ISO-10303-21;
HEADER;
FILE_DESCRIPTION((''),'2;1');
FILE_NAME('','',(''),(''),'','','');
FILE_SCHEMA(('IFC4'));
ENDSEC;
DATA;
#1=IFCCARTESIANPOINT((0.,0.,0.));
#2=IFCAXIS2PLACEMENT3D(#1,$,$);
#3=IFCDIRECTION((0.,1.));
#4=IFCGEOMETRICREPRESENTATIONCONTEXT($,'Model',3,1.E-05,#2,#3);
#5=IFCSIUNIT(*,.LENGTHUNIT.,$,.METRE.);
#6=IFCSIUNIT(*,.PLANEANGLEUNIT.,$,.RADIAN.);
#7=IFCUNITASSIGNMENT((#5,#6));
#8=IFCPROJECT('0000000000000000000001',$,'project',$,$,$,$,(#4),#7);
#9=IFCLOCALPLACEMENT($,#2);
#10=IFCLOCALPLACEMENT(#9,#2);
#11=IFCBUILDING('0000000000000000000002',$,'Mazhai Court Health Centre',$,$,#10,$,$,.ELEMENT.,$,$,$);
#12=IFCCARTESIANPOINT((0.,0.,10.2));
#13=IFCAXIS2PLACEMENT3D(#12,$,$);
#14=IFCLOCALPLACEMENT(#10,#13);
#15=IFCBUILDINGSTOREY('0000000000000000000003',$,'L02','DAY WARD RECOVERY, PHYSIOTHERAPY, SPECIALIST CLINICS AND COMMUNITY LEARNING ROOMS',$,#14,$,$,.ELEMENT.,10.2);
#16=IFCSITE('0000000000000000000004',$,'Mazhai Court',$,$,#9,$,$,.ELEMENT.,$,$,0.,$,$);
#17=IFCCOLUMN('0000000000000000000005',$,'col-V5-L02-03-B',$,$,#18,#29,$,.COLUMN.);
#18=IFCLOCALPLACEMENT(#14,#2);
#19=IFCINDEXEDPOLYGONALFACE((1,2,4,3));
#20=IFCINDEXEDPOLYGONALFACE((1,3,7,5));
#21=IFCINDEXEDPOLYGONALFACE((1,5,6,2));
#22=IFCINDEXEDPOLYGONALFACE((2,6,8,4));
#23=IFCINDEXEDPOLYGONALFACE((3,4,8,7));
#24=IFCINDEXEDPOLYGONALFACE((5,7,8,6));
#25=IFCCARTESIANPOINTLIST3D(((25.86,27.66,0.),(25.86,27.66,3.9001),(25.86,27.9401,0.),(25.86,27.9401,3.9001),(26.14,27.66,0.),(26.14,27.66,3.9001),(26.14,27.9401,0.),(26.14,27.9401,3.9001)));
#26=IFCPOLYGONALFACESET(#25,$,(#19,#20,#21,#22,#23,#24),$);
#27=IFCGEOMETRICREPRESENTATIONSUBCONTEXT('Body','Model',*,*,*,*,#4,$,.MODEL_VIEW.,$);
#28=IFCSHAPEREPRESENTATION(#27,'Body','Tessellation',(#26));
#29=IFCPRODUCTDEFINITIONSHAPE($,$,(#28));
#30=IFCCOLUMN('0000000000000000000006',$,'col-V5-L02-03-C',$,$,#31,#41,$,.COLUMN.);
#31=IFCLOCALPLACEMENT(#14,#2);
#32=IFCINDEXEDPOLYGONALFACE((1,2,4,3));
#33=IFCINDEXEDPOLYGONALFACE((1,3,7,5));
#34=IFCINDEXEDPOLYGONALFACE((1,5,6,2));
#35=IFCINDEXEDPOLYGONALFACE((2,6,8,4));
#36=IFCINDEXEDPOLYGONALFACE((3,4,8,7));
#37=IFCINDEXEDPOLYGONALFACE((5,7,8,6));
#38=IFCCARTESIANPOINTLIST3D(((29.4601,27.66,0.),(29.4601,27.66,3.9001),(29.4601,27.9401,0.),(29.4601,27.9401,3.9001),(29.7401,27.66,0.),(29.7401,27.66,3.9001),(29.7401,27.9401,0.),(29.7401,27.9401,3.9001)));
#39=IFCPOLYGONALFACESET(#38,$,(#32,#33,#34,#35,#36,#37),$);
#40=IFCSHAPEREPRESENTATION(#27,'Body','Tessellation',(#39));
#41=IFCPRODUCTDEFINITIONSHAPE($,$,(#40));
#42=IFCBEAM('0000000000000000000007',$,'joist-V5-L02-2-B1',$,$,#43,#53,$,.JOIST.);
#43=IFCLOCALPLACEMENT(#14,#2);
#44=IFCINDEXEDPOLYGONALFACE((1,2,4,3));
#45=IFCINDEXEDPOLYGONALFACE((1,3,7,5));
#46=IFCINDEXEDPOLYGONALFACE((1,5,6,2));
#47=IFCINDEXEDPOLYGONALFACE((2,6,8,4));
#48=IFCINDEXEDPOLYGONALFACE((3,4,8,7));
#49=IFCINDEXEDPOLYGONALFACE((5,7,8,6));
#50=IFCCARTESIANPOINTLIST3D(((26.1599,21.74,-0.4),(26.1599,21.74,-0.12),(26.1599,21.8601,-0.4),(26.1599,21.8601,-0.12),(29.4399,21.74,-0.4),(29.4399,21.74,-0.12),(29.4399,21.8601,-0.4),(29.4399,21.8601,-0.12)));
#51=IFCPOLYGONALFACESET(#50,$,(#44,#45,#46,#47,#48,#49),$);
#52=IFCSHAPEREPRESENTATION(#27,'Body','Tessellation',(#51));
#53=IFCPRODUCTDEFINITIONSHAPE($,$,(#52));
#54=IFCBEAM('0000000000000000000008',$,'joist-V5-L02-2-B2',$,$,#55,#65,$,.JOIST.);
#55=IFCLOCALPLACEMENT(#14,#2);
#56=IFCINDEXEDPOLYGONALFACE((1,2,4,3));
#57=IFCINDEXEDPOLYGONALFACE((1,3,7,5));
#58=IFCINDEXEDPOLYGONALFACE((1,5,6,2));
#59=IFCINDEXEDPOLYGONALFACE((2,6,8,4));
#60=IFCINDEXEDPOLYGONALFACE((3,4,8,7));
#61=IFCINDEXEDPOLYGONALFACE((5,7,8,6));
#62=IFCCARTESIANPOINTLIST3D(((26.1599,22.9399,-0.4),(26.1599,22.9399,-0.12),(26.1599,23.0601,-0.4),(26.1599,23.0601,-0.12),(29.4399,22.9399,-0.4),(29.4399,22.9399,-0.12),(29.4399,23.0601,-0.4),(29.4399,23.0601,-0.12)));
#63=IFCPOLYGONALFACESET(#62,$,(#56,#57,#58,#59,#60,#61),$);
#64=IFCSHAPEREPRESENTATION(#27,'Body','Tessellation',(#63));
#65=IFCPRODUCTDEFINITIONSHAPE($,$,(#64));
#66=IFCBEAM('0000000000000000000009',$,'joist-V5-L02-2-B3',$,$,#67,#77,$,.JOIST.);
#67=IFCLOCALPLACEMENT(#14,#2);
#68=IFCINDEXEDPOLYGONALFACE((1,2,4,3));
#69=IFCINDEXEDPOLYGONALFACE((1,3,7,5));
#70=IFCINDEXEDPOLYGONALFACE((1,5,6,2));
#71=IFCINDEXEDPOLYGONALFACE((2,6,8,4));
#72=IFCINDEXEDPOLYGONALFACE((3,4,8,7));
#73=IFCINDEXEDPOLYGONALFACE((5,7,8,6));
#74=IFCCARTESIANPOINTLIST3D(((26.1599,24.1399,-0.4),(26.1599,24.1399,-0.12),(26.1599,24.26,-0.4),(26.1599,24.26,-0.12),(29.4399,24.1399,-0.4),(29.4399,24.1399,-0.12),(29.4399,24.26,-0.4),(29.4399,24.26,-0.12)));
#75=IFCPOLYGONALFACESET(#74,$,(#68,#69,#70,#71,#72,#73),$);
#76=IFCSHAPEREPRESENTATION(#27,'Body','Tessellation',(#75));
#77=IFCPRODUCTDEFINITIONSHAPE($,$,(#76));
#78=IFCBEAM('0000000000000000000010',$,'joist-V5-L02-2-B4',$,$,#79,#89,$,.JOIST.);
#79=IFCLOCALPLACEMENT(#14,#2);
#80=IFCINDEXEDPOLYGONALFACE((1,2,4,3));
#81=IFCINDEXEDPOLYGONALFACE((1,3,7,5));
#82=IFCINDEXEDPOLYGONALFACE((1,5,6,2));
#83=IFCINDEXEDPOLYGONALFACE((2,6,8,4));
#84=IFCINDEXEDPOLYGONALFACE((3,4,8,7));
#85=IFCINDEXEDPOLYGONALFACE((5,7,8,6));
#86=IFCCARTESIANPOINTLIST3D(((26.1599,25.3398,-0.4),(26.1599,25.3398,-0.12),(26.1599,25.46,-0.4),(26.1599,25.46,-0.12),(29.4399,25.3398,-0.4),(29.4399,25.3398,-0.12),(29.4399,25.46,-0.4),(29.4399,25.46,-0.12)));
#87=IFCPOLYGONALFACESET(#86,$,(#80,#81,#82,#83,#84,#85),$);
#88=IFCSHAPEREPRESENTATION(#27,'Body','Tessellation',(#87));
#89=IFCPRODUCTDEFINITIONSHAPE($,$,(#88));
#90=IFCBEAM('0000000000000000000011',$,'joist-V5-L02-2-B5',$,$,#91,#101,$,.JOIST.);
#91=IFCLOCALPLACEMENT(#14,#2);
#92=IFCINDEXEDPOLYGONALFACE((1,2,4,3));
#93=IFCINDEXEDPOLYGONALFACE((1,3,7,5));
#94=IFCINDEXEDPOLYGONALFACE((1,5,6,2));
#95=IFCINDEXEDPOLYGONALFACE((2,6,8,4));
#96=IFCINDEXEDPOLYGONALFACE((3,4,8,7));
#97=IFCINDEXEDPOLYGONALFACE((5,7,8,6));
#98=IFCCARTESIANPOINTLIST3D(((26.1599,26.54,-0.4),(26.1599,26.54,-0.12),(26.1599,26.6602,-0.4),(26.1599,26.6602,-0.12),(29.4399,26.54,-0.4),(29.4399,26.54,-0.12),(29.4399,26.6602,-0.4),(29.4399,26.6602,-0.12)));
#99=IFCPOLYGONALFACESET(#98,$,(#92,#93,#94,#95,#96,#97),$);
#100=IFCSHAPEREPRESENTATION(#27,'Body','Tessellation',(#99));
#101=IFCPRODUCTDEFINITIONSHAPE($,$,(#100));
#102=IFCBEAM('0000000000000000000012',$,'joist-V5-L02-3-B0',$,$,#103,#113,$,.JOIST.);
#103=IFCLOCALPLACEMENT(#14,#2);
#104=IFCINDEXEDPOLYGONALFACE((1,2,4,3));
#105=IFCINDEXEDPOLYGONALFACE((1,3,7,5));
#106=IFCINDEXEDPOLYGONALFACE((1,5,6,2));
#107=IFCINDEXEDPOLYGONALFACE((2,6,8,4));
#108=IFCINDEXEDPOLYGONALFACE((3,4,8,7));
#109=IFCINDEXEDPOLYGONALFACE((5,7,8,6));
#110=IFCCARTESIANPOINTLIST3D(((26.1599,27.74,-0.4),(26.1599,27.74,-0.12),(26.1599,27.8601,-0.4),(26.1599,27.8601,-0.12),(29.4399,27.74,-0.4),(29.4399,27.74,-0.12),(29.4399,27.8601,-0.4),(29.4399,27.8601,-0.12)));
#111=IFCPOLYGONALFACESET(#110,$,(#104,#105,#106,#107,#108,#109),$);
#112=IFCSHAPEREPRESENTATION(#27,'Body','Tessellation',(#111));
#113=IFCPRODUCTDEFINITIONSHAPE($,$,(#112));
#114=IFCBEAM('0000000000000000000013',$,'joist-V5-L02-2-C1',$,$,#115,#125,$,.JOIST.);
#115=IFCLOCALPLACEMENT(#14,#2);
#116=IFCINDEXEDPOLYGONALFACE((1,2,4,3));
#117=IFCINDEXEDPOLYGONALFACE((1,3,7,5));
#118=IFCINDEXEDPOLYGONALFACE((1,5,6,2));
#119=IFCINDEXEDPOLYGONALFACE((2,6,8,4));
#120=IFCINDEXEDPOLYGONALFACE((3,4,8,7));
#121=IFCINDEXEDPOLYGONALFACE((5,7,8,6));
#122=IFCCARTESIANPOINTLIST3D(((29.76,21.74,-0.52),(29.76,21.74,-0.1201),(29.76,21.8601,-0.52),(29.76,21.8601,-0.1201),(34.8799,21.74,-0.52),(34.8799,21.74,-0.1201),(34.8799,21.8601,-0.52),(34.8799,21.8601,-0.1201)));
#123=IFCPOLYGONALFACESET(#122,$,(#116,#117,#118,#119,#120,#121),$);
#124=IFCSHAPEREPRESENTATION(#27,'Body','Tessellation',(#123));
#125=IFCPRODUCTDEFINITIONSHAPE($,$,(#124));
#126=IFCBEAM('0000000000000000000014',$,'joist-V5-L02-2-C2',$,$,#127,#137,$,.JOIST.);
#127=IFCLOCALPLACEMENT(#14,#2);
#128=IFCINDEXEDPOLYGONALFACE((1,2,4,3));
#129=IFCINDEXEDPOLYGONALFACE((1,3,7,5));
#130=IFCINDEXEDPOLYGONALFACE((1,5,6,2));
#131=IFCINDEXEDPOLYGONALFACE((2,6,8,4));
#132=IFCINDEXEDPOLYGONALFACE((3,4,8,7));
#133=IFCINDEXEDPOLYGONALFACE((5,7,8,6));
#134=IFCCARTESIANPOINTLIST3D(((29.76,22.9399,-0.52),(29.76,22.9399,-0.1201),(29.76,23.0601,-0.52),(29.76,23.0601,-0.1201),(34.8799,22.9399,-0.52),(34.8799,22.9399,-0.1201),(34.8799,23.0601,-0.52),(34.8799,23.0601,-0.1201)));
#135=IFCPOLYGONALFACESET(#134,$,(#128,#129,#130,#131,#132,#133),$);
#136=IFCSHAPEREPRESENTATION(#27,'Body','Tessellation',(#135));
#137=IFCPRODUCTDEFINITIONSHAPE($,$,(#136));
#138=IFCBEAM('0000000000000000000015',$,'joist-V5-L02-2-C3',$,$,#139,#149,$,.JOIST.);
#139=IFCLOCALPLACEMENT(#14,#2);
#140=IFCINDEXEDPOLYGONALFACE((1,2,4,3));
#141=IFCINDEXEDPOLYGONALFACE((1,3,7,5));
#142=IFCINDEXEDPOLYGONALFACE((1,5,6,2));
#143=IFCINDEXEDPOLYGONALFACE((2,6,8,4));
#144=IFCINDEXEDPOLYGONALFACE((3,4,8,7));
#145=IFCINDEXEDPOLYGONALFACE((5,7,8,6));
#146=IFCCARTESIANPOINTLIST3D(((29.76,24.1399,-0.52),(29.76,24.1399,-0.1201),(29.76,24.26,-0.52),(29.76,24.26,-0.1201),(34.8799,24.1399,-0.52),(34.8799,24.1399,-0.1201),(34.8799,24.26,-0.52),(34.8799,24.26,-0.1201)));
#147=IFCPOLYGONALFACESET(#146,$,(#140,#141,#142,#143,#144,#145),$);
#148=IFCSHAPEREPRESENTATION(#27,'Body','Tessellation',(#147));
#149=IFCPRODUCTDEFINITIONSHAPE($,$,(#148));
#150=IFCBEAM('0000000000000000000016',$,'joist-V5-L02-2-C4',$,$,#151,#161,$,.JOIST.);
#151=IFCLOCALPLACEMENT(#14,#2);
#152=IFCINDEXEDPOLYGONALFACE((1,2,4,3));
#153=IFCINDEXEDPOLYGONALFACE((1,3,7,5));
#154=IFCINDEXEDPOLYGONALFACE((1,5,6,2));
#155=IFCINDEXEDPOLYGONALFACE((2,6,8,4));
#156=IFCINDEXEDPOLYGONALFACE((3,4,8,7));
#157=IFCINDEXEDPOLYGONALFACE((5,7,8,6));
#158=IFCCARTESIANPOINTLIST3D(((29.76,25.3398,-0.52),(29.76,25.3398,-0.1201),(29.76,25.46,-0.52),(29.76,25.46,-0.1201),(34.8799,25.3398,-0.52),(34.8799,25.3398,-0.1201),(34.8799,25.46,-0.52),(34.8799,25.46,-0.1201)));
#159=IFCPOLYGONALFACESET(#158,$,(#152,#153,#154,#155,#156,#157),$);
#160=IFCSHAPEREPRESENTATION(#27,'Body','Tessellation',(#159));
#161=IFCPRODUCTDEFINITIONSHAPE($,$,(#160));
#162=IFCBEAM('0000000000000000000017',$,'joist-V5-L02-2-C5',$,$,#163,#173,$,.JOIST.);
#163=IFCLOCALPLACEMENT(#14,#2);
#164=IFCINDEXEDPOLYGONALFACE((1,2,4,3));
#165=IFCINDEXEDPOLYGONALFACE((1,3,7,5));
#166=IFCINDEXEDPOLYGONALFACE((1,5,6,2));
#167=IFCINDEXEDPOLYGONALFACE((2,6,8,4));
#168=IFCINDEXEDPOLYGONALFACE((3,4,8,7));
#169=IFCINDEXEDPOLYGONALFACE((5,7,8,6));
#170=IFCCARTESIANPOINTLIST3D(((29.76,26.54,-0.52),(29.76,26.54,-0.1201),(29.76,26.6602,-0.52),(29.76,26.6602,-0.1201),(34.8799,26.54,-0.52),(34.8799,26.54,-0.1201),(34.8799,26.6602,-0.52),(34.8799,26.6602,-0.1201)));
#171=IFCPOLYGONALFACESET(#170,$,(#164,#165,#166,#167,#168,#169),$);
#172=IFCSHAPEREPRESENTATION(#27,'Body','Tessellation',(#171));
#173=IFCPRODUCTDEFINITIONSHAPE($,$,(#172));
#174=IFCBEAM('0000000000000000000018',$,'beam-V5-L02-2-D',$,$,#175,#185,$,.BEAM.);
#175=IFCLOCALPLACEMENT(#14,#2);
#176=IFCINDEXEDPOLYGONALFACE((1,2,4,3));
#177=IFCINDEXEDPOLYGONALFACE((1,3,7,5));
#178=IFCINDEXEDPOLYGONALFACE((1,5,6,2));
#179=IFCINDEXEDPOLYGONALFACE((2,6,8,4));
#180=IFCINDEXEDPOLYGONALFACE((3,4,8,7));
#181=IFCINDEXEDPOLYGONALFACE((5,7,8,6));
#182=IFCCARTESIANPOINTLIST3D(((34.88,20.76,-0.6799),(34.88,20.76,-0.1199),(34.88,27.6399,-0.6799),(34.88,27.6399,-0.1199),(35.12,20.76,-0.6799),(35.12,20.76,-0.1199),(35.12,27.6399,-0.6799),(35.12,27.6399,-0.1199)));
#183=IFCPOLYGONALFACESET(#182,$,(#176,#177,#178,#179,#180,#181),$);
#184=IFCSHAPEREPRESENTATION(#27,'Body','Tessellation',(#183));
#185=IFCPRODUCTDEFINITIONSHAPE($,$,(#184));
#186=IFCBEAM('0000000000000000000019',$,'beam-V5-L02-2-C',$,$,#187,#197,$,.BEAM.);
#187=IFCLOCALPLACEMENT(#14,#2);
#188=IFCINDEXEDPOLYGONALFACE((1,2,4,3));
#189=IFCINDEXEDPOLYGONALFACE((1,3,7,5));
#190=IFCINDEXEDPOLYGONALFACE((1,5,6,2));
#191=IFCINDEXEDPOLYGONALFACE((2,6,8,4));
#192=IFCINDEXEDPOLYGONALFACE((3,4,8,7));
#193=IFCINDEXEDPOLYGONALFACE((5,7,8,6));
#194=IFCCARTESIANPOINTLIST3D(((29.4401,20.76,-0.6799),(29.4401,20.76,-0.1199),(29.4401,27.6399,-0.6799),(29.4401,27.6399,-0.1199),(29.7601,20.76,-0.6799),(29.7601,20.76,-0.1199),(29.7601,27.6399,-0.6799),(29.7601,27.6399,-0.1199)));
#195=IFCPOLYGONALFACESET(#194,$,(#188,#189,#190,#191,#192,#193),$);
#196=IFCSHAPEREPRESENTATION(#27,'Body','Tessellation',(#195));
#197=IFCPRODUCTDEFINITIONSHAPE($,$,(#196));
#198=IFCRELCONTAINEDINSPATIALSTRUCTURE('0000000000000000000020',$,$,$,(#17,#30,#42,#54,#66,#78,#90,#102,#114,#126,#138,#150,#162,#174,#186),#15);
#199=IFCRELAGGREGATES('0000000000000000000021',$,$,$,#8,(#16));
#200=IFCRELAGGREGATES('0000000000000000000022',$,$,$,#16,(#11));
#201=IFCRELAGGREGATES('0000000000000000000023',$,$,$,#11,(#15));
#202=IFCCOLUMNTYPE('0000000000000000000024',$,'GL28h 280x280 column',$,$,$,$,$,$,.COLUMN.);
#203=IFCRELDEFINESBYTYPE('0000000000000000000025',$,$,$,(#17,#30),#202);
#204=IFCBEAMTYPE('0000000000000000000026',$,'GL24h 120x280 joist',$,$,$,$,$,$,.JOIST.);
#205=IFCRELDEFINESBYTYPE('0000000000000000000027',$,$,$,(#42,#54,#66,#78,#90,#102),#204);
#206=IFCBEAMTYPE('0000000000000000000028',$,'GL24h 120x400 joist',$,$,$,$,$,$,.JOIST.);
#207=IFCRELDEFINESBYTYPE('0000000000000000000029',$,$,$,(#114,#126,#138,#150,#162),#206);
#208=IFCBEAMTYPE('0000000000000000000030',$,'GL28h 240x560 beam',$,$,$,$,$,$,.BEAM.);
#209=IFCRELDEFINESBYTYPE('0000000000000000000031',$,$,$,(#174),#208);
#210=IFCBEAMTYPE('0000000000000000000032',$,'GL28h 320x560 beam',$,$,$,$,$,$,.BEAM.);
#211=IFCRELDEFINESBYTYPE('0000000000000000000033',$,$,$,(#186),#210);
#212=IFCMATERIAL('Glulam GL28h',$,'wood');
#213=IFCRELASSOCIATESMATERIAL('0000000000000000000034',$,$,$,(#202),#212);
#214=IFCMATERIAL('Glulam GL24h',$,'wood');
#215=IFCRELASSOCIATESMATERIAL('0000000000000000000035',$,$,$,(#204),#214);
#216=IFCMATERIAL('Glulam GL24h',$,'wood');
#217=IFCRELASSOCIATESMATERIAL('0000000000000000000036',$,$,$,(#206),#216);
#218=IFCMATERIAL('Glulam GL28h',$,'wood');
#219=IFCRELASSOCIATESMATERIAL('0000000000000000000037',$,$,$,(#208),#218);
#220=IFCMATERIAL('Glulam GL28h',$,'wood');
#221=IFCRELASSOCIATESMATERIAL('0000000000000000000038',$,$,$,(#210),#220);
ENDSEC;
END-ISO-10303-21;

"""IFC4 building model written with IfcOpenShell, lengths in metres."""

from ifc_helpers import new_model, si_unit, direction, frame, origin, origin_2d, place, context, subcontext, project, spatial, rectangle, extrude, material, material_profile, profile_set, type_object, element, save


model = new_model("IFC4")

# Units and contexts
model_context = context("Model", 3, precision=1e-05, world=origin(), true_north=direction((0.0, 1.0)))
body_context = subcontext(model_context, "Body", "Model", "MODEL_VIEW")
ifc_project = project(units=[si_unit("LENGTHUNIT", "METRE"), si_unit("PLANEANGLEUNIT", "RADIAN")], contexts=[model_context])

# Site, building, storey
site_placement = place(None, origin())
site = spatial("IfcSite", under=ifc_project, at=site_placement, Name="Mazhai Court", CompositionType="ELEMENT", RefElevation=0.0)
building_placement = place(site_placement, origin())
building = spatial("IfcBuilding", under=site, at=building_placement, Name="Mazhai Court Health Centre", CompositionType="ELEMENT")
storey_placement = place(building_placement, frame((0.0, 0.0, 10.2)))
storey = spatial("IfcBuildingStorey", under=building, at=storey_placement, Name="L02", Description="DAY WARD RECOVERY, PHYSIOTHERAPY, SPECIALIST CLINICS AND COMMUNITY LEARNING ROOMS", CompositionType="ELEMENT", Elevation=10.2)

# Columns
ifc_material_1 = material(Name="Glulam GL28h", Category="wood")
ifc_material_profile_1 = material_profile(ifc_material_1, rectangle(XDim=0.28, YDim=0.28, at=origin_2d()), Name="GL28h 280x280")
ifc_profile_set_1 = profile_set([ifc_material_profile_1], Name="Glulam GL28h")
column_type = type_object("IfcColumnType", Name="GL28h 280x280 column", PredefinedType="COLUMN", material=ifc_profile_set_1)
for number, where, z_axis, x_axis, name in (
    (1, (26.0, 27.8, 0.0), (0.0, 0.0, 1.0), (1.0, 0.0, 0.0), "col-V5-L02-03-B"),
    (2, (29.6001, 27.8, 0.0), (0.0, 0.0, 1.0), (1.0, 0.0, 0.0), "col-V5-L02-03-C"),
):
    element("IfcColumn", number, at=place(storey_placement, frame(where, z_axis=z_axis, x_axis=x_axis)), inside=storey, type_object=column_type, Name=name, PredefinedType="COLUMN", context=body_context, shape_type="SweptSolid", body=[
        extrude(rectangle(XDim=0.28, YDim=0.28, at=origin_2d()), origin(), (0.0, 0.0, 1.0), 3.9001),
    ])

# Beams
ifc_material_2 = material(Name="Glulam GL24h", Category="wood")
ifc_material_profile_2 = material_profile(ifc_material_2, rectangle(XDim=0.1201, YDim=0.28, at=origin_2d()), Name="GL24h 120x280")
ifc_profile_set_2 = profile_set([ifc_material_profile_2], Name="Glulam GL24h")
beam_type_1 = type_object("IfcBeamType", Name="GL24h 120x280 joist", PredefinedType="JOIST", material=ifc_profile_set_2)
for number, where, z_axis, x_axis, name in (
    (3, (26.1599, 21.8, -0.26), (1.0, 0.0, 0.0), (0.0, 1.0, 0.0), "joist-V5-L02-2-B1"),
    (4, (26.1599, 23.0, -0.26), (1.0, 0.0, 0.0), (0.0, 1.0, 0.0), "joist-V5-L02-2-B2"),
    (5, (26.1599, 24.2, -0.26), (1.0, 0.0, 0.0), (0.0, 1.0, 0.0), "joist-V5-L02-2-B3"),
    (6, (26.1599, 25.3999, -0.26), (1.0, 0.0, 0.0), (0.0, 1.0, 0.0), "joist-V5-L02-2-B4"),
    (7, (26.1599, 26.6001, -0.26), (1.0, 0.0, 0.0), (0.0, 1.0, 0.0), "joist-V5-L02-2-B5"),
    (8, (26.1599, 27.8, -0.26), (1.0, 0.0, 0.0), (0.0, 1.0, 0.0), "joist-V5-L02-3-B0"),
):
    element("IfcBeam", number, at=place(storey_placement, frame(where, z_axis=z_axis, x_axis=x_axis)), inside=storey, type_object=beam_type_1, Name=name, PredefinedType="JOIST", context=body_context, shape_type="SweptSolid", body=[
        extrude(rectangle(XDim=0.1201, YDim=0.28, at=origin_2d()), origin(), (0.0, 0.0, 1.0), 3.28),
    ])
ifc_material_3 = material(Name="Glulam GL24h", Category="wood")
ifc_material_profile_3 = material_profile(ifc_material_3, rectangle(XDim=0.1201, YDim=0.3999, at=origin_2d()), Name="GL24h 120x400")
ifc_profile_set_3 = profile_set([ifc_material_profile_3], Name="Glulam GL24h")
beam_type_2 = type_object("IfcBeamType", Name="GL24h 120x400 joist", PredefinedType="JOIST", material=ifc_profile_set_3)
for number, where, z_axis, x_axis, name in (
    (9, (29.76, 21.8, -0.3201), (1.0, 0.0, 0.0), (0.0, 1.0, 0.0), "joist-V5-L02-2-C1"),
    (10, (29.76, 23.0, -0.3201), (1.0, 0.0, 0.0), (0.0, 1.0, 0.0), "joist-V5-L02-2-C2"),
    (11, (29.76, 24.2, -0.3201), (1.0, 0.0, 0.0), (0.0, 1.0, 0.0), "joist-V5-L02-2-C3"),
    (12, (29.76, 25.3999, -0.3201), (1.0, 0.0, 0.0), (0.0, 1.0, 0.0), "joist-V5-L02-2-C4"),
    (13, (29.76, 26.6001, -0.3201), (1.0, 0.0, 0.0), (0.0, 1.0, 0.0), "joist-V5-L02-2-C5"),
):
    element("IfcBeam", number, at=place(storey_placement, frame(where, z_axis=z_axis, x_axis=x_axis)), inside=storey, type_object=beam_type_2, Name=name, PredefinedType="JOIST", context=body_context, shape_type="SweptSolid", body=[
        extrude(rectangle(XDim=0.1201, YDim=0.3999, at=origin_2d()), origin(), (0.0, 0.0, 1.0), 5.1199),
    ])
ifc_material_4 = material(Name="Glulam GL28h", Category="wood")
ifc_material_profile_4 = material_profile(ifc_material_4, rectangle(XDim=0.24, YDim=0.5601, at=origin_2d()), Name="GL28h 240x560")
ifc_profile_set_4 = profile_set([ifc_material_profile_4], Name="Glulam GL28h")
beam_type_3 = type_object("IfcBeamType", Name="GL28h 240x560 beam", PredefinedType="BEAM", material=ifc_profile_set_4)
beam_1_placement = place(storey_placement, frame((35.0, 20.76, -0.3999), z_axis=(0.0, 1.0, 0.0), x_axis=(-1.0, 0.0, 0.0)))
element("IfcBeam", 14, at=beam_1_placement, inside=storey, type_object=beam_type_3, Name="beam-V5-L02-2-D", PredefinedType="BEAM", context=body_context, shape_type="SweptSolid", body=[
    extrude(rectangle(XDim=0.24, YDim=0.5601, at=origin_2d()), origin(), (0.0, 0.0, 1.0), 6.8799),
])
ifc_material_5 = material(Name="Glulam GL28h", Category="wood")
ifc_material_profile_5 = material_profile(ifc_material_5, rectangle(XDim=0.3201, YDim=0.5601, at=origin_2d()), Name="GL28h 320x560")
ifc_profile_set_5 = profile_set([ifc_material_profile_5], Name="Glulam GL28h")
beam_type_4 = type_object("IfcBeamType", Name="GL28h 320x560 beam", PredefinedType="BEAM", material=ifc_profile_set_5)
beam_2_placement = place(storey_placement, frame((29.6001, 20.76, -0.3999), z_axis=(0.0, 1.0, 0.0), x_axis=(-1.0, 0.0, 0.0)))
element("IfcBeam", 15, at=beam_2_placement, inside=storey, type_object=beam_type_4, Name="beam-V5-L02-2-C", PredefinedType="BEAM", context=body_context, shape_type="SweptSolid", body=[
    extrude(rectangle(XDim=0.3201, YDim=0.5601, at=origin_2d()), origin(), (0.0, 0.0, 1.0), 6.8799),
])

save(model, "model.ifc")
